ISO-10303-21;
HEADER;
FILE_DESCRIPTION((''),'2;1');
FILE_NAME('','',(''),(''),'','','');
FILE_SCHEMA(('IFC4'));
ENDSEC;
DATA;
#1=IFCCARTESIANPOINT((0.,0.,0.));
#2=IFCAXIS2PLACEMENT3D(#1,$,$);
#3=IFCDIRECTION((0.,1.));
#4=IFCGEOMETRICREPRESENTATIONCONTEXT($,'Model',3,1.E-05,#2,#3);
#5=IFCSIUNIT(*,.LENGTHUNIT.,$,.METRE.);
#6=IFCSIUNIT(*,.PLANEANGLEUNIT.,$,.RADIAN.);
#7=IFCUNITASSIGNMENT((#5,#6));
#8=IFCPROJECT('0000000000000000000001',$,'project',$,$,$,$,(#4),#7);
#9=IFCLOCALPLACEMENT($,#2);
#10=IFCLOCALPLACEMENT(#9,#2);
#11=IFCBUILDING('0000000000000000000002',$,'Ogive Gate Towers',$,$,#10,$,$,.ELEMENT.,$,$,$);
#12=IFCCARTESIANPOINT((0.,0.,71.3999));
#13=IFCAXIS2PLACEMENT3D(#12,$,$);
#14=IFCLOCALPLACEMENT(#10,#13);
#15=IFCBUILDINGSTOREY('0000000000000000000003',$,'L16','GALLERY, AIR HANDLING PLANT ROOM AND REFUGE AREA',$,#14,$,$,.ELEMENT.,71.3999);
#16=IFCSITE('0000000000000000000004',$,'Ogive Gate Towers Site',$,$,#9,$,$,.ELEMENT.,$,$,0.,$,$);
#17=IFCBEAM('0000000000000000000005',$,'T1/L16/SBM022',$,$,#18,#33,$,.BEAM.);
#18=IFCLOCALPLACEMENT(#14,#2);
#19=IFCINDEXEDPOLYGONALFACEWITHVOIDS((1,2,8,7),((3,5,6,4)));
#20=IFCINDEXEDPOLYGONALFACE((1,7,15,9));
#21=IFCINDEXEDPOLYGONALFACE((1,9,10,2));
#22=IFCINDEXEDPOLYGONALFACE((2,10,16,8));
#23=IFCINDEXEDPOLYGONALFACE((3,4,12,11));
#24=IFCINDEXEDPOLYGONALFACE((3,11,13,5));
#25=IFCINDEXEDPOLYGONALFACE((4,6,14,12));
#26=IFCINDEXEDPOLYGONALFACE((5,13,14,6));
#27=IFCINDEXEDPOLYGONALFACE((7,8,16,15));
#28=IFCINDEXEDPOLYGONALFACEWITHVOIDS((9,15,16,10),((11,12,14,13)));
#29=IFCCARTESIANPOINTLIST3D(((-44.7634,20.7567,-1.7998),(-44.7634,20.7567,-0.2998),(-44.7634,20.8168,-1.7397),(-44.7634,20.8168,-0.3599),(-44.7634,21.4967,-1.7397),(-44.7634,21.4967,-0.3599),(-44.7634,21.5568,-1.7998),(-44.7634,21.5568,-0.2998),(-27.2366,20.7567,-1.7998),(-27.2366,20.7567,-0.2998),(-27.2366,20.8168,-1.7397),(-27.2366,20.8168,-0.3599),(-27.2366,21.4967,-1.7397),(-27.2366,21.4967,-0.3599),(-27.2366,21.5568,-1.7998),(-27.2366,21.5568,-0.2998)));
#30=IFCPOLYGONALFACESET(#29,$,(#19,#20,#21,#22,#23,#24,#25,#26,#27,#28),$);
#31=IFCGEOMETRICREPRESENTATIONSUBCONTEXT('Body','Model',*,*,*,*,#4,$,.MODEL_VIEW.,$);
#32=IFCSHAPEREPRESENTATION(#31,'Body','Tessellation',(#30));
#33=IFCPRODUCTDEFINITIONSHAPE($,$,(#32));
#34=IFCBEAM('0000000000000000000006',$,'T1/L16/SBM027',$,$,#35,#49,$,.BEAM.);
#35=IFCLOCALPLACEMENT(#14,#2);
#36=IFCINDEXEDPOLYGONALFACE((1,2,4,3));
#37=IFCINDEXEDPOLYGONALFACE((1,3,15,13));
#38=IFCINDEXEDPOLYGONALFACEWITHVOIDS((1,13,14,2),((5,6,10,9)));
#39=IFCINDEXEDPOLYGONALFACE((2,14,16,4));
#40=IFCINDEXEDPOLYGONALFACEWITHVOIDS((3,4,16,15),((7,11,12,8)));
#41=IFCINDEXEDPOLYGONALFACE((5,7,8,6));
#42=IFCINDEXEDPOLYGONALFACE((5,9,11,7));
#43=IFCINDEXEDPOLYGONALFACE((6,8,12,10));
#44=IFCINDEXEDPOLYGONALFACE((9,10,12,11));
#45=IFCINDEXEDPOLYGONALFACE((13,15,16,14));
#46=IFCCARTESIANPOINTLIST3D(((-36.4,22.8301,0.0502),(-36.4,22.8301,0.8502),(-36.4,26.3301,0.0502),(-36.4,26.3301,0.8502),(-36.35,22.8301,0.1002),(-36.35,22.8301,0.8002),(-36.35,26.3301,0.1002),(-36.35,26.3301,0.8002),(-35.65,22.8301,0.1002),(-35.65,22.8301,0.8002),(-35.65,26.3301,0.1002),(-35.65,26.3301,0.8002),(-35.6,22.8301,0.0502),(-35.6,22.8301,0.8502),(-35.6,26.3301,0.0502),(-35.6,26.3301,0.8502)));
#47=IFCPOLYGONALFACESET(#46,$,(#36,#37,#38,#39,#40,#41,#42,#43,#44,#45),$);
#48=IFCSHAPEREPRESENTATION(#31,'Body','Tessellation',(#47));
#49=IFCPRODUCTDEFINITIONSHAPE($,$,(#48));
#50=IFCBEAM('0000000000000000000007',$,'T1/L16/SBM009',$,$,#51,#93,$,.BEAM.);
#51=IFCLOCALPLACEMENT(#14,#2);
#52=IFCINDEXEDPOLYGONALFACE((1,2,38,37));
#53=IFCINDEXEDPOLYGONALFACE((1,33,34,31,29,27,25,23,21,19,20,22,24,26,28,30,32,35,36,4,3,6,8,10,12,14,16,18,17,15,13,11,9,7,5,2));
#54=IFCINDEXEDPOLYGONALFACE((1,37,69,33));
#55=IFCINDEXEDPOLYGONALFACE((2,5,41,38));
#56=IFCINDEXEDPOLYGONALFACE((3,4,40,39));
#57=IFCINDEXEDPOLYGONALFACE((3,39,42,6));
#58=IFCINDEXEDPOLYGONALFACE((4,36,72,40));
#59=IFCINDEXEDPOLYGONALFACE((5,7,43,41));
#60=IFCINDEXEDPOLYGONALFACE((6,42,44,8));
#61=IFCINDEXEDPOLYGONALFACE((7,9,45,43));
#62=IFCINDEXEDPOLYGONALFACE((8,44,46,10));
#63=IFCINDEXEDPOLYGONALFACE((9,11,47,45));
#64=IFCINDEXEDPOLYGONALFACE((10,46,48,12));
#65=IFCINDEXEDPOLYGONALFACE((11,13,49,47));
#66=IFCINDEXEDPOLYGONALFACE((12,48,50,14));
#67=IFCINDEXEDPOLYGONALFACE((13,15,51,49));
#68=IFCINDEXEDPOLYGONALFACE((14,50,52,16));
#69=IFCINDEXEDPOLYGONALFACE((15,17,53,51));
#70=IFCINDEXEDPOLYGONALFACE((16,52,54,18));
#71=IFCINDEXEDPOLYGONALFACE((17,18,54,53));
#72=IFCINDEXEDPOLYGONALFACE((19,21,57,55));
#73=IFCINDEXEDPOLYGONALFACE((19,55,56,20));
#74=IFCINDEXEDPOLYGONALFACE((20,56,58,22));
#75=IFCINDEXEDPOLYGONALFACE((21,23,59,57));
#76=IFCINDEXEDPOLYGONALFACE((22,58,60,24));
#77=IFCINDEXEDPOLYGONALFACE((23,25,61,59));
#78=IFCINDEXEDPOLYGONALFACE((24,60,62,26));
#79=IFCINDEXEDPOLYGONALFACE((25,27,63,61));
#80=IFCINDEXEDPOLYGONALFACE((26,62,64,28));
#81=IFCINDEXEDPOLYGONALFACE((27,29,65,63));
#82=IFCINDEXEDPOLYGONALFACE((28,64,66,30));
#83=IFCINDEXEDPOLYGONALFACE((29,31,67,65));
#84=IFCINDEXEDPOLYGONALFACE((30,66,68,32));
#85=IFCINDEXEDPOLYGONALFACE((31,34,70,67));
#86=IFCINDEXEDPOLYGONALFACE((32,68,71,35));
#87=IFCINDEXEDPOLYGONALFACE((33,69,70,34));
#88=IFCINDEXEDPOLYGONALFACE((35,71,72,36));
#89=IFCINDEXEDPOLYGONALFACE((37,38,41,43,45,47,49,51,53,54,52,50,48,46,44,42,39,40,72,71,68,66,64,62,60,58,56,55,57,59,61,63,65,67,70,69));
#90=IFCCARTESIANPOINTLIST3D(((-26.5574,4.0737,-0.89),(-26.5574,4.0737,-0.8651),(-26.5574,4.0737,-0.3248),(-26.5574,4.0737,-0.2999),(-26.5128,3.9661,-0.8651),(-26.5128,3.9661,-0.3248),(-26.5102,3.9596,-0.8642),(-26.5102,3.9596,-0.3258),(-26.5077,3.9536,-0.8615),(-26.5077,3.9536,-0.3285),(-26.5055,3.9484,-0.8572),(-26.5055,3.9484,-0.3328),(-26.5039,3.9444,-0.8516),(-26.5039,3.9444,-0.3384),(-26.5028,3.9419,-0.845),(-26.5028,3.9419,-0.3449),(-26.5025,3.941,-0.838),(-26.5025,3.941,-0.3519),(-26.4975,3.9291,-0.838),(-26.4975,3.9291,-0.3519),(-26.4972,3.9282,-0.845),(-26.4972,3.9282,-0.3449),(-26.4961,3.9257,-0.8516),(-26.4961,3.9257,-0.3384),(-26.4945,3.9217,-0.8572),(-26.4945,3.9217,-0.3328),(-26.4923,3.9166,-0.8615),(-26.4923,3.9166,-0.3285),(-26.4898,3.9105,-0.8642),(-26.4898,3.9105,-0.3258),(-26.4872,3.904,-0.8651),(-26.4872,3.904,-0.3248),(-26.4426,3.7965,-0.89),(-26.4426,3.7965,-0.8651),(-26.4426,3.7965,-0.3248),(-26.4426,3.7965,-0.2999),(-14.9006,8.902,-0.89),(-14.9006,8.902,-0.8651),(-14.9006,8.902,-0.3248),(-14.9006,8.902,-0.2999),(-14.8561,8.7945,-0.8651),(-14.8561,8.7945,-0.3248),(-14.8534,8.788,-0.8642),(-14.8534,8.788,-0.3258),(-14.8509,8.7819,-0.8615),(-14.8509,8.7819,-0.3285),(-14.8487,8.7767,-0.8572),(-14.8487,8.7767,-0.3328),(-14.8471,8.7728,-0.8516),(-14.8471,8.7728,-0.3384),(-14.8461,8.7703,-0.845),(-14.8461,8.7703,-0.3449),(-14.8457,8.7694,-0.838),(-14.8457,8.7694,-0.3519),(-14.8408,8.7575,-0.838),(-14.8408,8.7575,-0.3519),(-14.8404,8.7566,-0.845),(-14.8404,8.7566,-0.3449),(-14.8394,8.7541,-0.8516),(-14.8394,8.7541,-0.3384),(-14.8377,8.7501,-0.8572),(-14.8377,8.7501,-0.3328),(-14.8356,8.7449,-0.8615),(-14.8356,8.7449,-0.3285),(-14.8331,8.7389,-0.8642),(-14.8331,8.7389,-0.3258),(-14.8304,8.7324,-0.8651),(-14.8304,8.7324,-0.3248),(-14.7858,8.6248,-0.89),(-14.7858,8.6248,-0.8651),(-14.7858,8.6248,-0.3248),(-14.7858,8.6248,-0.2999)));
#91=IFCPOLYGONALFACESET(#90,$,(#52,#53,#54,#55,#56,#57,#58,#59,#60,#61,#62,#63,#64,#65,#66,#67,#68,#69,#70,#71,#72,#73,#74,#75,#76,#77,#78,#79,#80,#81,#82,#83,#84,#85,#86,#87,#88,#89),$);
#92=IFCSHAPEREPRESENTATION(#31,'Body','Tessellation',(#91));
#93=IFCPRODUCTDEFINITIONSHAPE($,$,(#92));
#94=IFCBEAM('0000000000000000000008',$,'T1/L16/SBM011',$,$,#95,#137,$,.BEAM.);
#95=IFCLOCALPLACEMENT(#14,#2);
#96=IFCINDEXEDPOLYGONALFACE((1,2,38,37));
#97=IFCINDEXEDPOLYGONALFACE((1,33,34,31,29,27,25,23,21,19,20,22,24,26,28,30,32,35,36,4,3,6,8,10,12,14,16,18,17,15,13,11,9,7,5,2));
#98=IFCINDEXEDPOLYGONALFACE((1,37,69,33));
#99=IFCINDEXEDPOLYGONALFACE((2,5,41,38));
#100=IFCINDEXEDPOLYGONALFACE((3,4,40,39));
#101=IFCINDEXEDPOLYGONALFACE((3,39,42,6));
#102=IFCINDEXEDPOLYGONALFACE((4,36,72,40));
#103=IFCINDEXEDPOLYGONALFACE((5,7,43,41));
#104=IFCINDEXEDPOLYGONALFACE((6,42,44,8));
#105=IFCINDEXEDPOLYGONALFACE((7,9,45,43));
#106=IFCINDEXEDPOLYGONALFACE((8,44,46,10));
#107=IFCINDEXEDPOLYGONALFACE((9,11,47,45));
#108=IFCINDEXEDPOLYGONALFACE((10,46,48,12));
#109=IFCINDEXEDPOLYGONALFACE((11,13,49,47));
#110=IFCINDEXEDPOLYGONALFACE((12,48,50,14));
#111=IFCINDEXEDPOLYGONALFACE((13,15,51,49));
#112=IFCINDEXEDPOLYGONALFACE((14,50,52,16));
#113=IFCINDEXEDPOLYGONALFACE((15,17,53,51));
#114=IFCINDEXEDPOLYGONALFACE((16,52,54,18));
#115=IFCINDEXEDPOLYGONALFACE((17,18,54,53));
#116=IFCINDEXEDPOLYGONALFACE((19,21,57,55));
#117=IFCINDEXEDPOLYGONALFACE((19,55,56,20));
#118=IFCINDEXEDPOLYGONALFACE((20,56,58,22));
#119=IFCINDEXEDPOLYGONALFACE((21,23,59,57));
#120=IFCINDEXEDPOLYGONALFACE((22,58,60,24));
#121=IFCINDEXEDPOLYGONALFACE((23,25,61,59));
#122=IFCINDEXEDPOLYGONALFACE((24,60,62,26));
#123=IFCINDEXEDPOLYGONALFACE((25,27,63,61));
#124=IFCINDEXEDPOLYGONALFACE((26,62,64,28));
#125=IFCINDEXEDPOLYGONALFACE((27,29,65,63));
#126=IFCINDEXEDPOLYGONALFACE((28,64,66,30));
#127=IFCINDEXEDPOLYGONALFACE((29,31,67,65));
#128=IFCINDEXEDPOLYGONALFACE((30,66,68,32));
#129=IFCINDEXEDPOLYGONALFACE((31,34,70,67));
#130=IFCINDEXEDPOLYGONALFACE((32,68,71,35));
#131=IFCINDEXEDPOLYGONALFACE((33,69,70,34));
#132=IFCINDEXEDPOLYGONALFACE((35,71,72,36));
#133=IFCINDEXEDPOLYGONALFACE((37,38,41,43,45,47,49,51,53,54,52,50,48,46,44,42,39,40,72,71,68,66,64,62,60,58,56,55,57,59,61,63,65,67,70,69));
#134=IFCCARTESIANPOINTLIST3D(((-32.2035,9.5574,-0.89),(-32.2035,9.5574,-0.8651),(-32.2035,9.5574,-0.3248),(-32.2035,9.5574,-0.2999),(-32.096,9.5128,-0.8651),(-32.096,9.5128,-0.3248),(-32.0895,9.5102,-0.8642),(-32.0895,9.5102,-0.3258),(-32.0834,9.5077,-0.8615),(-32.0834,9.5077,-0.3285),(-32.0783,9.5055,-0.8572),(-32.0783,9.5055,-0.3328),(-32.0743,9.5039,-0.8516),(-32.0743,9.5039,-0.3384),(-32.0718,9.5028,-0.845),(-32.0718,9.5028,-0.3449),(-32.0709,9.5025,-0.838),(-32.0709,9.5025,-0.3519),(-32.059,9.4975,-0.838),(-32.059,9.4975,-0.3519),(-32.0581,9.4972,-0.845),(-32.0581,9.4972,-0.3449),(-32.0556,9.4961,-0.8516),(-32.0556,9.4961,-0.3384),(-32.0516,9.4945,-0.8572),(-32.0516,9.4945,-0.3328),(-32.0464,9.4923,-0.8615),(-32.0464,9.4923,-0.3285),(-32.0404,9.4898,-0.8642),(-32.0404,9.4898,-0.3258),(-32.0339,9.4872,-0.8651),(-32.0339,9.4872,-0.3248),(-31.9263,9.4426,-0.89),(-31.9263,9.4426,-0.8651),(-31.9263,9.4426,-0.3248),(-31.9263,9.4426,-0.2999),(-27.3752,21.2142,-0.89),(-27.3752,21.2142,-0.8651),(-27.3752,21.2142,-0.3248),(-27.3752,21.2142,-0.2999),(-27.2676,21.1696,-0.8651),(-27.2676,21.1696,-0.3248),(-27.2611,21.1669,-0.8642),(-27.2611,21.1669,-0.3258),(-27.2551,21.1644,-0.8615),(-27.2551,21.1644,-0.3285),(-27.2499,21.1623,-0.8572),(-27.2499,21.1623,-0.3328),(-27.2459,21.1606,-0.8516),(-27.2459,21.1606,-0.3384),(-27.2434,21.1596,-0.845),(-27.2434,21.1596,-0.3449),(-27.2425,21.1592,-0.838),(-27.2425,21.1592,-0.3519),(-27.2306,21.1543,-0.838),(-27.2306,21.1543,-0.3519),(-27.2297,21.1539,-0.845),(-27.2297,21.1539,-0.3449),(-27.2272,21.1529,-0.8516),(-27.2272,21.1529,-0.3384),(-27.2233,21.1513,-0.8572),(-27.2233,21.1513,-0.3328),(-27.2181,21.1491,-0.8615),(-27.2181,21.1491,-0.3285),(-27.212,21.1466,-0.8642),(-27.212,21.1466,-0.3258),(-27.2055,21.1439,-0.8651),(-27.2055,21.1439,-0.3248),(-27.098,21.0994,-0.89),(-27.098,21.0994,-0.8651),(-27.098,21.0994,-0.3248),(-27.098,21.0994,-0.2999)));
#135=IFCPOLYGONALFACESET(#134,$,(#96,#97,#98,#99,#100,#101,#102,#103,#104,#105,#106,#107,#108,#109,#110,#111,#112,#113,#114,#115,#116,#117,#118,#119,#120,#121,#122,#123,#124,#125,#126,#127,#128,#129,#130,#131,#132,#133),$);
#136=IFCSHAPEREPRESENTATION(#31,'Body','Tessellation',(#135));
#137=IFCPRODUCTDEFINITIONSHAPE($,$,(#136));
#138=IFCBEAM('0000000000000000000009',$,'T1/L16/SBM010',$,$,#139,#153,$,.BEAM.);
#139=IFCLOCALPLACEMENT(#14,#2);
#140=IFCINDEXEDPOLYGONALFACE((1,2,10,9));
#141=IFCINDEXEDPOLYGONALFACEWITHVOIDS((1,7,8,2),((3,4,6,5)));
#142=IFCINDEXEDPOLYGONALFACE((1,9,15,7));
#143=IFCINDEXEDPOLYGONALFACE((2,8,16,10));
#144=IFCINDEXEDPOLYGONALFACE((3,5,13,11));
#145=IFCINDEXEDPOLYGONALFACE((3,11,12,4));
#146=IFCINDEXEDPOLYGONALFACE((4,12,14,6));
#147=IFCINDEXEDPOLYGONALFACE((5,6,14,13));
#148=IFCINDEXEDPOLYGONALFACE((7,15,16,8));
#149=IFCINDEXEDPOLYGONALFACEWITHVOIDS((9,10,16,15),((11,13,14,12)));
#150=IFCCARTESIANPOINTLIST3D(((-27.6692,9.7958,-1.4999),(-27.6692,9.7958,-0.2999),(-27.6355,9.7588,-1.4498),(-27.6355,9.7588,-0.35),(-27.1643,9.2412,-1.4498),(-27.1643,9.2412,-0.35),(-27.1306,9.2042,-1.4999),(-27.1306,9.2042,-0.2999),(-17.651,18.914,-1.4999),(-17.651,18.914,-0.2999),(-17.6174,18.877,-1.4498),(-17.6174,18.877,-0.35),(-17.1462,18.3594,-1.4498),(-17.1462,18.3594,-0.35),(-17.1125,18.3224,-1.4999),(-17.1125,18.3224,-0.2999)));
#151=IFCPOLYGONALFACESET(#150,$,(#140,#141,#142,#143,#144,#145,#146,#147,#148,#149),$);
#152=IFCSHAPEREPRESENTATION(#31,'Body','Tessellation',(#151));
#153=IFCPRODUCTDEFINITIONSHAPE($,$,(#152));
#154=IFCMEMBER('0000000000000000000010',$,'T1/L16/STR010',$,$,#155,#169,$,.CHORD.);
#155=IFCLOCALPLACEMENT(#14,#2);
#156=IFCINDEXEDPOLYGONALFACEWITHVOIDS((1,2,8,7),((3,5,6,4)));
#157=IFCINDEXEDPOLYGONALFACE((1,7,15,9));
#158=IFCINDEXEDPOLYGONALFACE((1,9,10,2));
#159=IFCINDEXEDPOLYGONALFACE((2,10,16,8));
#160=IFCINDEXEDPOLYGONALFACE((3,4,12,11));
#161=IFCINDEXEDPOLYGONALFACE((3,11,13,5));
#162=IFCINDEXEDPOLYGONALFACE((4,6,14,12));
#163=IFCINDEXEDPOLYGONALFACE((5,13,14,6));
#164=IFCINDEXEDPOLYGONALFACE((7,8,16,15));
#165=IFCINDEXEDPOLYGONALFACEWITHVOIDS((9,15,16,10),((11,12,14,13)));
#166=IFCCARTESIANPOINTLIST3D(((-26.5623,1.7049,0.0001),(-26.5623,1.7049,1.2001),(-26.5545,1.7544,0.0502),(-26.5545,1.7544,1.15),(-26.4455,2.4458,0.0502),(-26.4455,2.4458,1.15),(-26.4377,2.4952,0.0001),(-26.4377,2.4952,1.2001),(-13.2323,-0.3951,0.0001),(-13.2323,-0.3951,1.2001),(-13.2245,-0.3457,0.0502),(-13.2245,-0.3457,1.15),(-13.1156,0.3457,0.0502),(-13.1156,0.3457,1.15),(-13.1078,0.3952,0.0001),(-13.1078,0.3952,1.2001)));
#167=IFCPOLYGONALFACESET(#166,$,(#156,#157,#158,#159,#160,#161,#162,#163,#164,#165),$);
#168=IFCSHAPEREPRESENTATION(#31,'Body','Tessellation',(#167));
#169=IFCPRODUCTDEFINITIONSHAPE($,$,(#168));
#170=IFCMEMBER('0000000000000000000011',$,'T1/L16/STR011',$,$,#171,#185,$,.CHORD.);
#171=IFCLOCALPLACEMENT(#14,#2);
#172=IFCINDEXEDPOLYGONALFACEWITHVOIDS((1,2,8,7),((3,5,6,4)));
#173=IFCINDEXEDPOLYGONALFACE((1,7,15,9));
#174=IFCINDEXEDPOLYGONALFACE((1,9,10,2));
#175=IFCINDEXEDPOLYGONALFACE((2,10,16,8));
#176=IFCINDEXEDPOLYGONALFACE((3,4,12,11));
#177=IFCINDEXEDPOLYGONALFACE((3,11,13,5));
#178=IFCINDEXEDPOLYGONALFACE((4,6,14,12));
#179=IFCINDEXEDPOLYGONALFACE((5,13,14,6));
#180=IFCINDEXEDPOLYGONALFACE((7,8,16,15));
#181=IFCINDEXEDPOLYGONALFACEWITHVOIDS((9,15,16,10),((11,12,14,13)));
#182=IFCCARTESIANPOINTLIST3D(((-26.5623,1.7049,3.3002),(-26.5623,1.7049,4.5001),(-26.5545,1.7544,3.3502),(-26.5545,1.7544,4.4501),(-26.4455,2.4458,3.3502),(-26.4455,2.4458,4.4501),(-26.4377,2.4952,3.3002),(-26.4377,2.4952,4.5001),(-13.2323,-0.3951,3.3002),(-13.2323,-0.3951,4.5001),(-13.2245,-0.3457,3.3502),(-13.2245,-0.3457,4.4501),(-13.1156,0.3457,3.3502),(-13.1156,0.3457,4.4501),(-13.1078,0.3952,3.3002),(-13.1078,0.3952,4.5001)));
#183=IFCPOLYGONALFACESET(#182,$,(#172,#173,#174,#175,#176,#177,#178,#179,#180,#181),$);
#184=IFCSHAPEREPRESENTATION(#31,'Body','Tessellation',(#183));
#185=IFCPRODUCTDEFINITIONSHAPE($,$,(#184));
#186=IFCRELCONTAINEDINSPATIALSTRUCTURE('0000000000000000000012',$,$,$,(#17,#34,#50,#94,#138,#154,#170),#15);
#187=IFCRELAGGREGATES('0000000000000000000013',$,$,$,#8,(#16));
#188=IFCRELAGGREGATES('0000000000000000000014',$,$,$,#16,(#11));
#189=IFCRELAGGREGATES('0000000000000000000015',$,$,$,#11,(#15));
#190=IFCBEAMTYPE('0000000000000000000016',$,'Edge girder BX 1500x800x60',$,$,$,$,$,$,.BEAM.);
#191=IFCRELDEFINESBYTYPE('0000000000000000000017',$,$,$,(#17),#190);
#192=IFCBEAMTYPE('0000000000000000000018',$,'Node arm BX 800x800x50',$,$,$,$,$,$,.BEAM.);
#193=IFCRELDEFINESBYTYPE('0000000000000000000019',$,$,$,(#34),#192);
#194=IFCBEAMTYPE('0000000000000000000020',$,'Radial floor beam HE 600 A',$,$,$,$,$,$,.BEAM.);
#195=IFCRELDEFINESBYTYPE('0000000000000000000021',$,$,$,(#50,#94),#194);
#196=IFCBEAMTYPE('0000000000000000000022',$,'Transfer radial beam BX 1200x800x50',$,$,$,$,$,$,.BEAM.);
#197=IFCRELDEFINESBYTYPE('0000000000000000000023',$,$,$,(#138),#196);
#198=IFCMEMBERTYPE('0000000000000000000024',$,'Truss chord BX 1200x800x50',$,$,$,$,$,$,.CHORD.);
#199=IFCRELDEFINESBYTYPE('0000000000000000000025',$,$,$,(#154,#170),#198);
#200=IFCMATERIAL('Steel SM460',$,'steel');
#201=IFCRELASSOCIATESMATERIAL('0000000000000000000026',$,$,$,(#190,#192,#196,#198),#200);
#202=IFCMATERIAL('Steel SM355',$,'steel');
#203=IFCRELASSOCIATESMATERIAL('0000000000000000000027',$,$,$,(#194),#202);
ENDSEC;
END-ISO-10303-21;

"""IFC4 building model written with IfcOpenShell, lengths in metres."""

from ifc_helpers import new_model, si_unit, direction, frame, origin, origin_2d, place, context, subcontext, project, spatial, hollow_rectangle, i_section, extrude, material, material_profile, profile_set, type_object, element, save


model = new_model("IFC4")

# Units and contexts
model_context = context("Model", 3, precision=1e-05, world=origin(), true_north=direction((0.0, 1.0)))
body_context = subcontext(model_context, "Body", "Model", "MODEL_VIEW")
ifc_project = project(units=[si_unit("LENGTHUNIT", "METRE"), si_unit("PLANEANGLEUNIT", "RADIAN")], contexts=[model_context])

# Site, building, storey
site_placement = place(None, origin())
site = spatial("IfcSite", under=ifc_project, at=site_placement, Name="Ogive Gate Towers Site", CompositionType="ELEMENT", RefElevation=0.0)
building_placement = place(site_placement, origin())
building = spatial("IfcBuilding", under=site, at=building_placement, Name="Ogive Gate Towers", CompositionType="ELEMENT")
storey_placement = place(building_placement, frame((0.0, 0.0, 71.3999)))
storey = spatial("IfcBuildingStorey", under=building, at=storey_placement, Name="L16", Description="GALLERY, AIR HANDLING PLANT ROOM AND REFUGE AREA", CompositionType="ELEMENT", Elevation=71.3999)

# Beams
ifc_material_1 = material(Name="Steel SM460", Category="steel")
ifc_material_profile_1 = material_profile(ifc_material_1, hollow_rectangle(XDim=0.8, YDim=1.5, WallThickness=0.0601, at=origin_2d()), Name="BX 1500x800x60")
ifc_profile_set_1 = profile_set([ifc_material_profile_1], Name="Steel SM460")
beam_type_1 = type_object("IfcBeamType", Name="Edge girder BX 1500x800x60", PredefinedType="BEAM", material=ifc_profile_set_1)
beam_1_placement = place(storey_placement, frame((-27.2366, 21.1567, -1.0498), z_axis=(-1.0, 0.0, 0.0), x_axis=(0.0, -1.0, 0.0)))
element("IfcBeam", 1, at=beam_1_placement, inside=storey, type_object=beam_type_1, Name="T1/L16/SBM022", PredefinedType="BEAM", context=body_context, shape_type="SweptSolid", body=[
    extrude(hollow_rectangle(XDim=0.8, YDim=1.5, WallThickness=0.0601, at=origin_2d()), origin(), (0.0, 0.0, 1.0), 17.5269),
])
ifc_material_profile_2 = material_profile(ifc_material_1, hollow_rectangle(XDim=0.8, YDim=0.8, WallThickness=0.05, at=origin_2d()), Name="BX 800x800x50")
ifc_profile_set_2 = profile_set([ifc_material_profile_2], Name="Steel SM460")
beam_type_2 = type_object("IfcBeamType", Name="Node arm BX 800x800x50", PredefinedType="BEAM", material=ifc_profile_set_2)
beam_2_placement = place(storey_placement, frame((-36.0, 22.8301, 0.4502), z_axis=(0.0, 1.0, 0.0), x_axis=(-1.0, 0.0, 0.0)))
element("IfcBeam", 2, at=beam_2_placement, inside=storey, type_object=beam_type_2, Name="T1/L16/SBM027", PredefinedType="BEAM", context=body_context, shape_type="SweptSolid", body=[
    extrude(hollow_rectangle(XDim=0.8, YDim=0.8, WallThickness=0.05, at=origin_2d()), origin(), (0.0, 0.0, 1.0), 3.5),
])
ifc_material_2 = material(Name="Steel SM355", Category="steel")
ifc_material_profile_3 = material_profile(ifc_material_2, i_section(OverallWidth=0.3, OverallDepth=0.5901, WebThickness=0.0129, FlangeThickness=0.0249, FilletRadius=0.0271, at=origin_2d()), Name="HE 600 A")
ifc_profile_set_3 = profile_set([ifc_material_profile_3], Name="Steel SM355")
beam_type_3 = type_object("IfcBeamType", Name="Radial floor beam HE 600 A", PredefinedType="BEAM", material=ifc_profile_set_3)
for number, where, z_axis, x_axis, name in (
    (3, (-26.5, 3.9351, -0.595), (0.92388, 0.382683, 0.0), (-0.382683, 0.92388, 0.0), "T1/L16/SBM009"),
    (4, (-32.0649, 9.5, -0.595), (0.382683, 0.92388, 0.0), (-0.92388, 0.382683, 0.0), "T1/L16/SBM011"),
):
    element("IfcBeam", number, at=place(storey_placement, frame(where, z_axis=z_axis, x_axis=x_axis)), inside=storey, type_object=beam_type_3, Name=name, PredefinedType="BEAM", context=body_context, shape_type="SweptSolid", body=[
        extrude(i_section(OverallWidth=0.3, OverallDepth=0.5901, WebThickness=0.0129, FlangeThickness=0.0249, FilletRadius=0.0271, at=origin_2d()), origin(), (0.0, 0.0, 1.0), 12.6172),
    ])
ifc_material_profile_4 = material_profile(ifc_material_1, hollow_rectangle(XDim=0.8, YDim=1.2, WallThickness=0.05, at=origin_2d()), Name="BX 1200x800x50")
ifc_profile_set_4 = profile_set([ifc_material_profile_4], Name="Steel SM460")
beam_type_4 = type_object("IfcBeamType", Name="Transfer radial beam BX 1200x800x50", PredefinedType="BEAM", material=ifc_profile_set_4)
beam_3_placement = place(storey_placement, frame((-27.3999, 9.5, -0.8999), z_axis=(0.739542, 0.67311, 0.0), x_axis=(-0.67311, 0.739542, 0.0)))
element("IfcBeam", 5, at=beam_3_placement, inside=storey, type_object=beam_type_4, Name="T1/L16/SBM010", PredefinedType="BEAM", context=body_context, shape_type="SweptSolid", body=[
    extrude(hollow_rectangle(XDim=0.8, YDim=1.2, WallThickness=0.05, at=origin_2d()), origin(), (0.0, 0.0, 1.0), 13.5464),
])

# Members
ifc_material_profile_5 = material_profile(ifc_material_1, hollow_rectangle(XDim=0.8, YDim=1.2, WallThickness=0.05, at=origin_2d()), Name="BX 1200x800x50")
ifc_profile_set_5 = profile_set([ifc_material_profile_5], Name="Steel SM460")
member_type_1 = type_object("IfcMemberType", Name="Truss chord BX 1200x800x50", PredefinedType="CHORD", material=ifc_profile_set_5)
for number, where, z_axis, x_axis, name in (
    (6, (-26.5, 2.1001, 0.6001), (0.987816, -0.155626, 0.0), (0.155626, 0.987816, 0.0), "T1/L16/STR010"),
    (7, (-26.5, 2.1001, 3.9001), (0.987816, -0.155626, 0.0), (0.155626, 0.987816, 0.0), "T1/L16/STR011"),
):
    element("IfcMember", number, at=place(storey_placement, frame(where, z_axis=z_axis, x_axis=x_axis)), inside=storey, type_object=member_type_1, Name=name, PredefinedType="CHORD", context=body_context, shape_type="SweptSolid", body=[
        extrude(hollow_rectangle(XDim=0.8, YDim=1.2, WallThickness=0.05, at=origin_2d()), origin(), (0.0, 0.0, 1.0), 13.4944),
    ])

save(model, "model.ifc")
